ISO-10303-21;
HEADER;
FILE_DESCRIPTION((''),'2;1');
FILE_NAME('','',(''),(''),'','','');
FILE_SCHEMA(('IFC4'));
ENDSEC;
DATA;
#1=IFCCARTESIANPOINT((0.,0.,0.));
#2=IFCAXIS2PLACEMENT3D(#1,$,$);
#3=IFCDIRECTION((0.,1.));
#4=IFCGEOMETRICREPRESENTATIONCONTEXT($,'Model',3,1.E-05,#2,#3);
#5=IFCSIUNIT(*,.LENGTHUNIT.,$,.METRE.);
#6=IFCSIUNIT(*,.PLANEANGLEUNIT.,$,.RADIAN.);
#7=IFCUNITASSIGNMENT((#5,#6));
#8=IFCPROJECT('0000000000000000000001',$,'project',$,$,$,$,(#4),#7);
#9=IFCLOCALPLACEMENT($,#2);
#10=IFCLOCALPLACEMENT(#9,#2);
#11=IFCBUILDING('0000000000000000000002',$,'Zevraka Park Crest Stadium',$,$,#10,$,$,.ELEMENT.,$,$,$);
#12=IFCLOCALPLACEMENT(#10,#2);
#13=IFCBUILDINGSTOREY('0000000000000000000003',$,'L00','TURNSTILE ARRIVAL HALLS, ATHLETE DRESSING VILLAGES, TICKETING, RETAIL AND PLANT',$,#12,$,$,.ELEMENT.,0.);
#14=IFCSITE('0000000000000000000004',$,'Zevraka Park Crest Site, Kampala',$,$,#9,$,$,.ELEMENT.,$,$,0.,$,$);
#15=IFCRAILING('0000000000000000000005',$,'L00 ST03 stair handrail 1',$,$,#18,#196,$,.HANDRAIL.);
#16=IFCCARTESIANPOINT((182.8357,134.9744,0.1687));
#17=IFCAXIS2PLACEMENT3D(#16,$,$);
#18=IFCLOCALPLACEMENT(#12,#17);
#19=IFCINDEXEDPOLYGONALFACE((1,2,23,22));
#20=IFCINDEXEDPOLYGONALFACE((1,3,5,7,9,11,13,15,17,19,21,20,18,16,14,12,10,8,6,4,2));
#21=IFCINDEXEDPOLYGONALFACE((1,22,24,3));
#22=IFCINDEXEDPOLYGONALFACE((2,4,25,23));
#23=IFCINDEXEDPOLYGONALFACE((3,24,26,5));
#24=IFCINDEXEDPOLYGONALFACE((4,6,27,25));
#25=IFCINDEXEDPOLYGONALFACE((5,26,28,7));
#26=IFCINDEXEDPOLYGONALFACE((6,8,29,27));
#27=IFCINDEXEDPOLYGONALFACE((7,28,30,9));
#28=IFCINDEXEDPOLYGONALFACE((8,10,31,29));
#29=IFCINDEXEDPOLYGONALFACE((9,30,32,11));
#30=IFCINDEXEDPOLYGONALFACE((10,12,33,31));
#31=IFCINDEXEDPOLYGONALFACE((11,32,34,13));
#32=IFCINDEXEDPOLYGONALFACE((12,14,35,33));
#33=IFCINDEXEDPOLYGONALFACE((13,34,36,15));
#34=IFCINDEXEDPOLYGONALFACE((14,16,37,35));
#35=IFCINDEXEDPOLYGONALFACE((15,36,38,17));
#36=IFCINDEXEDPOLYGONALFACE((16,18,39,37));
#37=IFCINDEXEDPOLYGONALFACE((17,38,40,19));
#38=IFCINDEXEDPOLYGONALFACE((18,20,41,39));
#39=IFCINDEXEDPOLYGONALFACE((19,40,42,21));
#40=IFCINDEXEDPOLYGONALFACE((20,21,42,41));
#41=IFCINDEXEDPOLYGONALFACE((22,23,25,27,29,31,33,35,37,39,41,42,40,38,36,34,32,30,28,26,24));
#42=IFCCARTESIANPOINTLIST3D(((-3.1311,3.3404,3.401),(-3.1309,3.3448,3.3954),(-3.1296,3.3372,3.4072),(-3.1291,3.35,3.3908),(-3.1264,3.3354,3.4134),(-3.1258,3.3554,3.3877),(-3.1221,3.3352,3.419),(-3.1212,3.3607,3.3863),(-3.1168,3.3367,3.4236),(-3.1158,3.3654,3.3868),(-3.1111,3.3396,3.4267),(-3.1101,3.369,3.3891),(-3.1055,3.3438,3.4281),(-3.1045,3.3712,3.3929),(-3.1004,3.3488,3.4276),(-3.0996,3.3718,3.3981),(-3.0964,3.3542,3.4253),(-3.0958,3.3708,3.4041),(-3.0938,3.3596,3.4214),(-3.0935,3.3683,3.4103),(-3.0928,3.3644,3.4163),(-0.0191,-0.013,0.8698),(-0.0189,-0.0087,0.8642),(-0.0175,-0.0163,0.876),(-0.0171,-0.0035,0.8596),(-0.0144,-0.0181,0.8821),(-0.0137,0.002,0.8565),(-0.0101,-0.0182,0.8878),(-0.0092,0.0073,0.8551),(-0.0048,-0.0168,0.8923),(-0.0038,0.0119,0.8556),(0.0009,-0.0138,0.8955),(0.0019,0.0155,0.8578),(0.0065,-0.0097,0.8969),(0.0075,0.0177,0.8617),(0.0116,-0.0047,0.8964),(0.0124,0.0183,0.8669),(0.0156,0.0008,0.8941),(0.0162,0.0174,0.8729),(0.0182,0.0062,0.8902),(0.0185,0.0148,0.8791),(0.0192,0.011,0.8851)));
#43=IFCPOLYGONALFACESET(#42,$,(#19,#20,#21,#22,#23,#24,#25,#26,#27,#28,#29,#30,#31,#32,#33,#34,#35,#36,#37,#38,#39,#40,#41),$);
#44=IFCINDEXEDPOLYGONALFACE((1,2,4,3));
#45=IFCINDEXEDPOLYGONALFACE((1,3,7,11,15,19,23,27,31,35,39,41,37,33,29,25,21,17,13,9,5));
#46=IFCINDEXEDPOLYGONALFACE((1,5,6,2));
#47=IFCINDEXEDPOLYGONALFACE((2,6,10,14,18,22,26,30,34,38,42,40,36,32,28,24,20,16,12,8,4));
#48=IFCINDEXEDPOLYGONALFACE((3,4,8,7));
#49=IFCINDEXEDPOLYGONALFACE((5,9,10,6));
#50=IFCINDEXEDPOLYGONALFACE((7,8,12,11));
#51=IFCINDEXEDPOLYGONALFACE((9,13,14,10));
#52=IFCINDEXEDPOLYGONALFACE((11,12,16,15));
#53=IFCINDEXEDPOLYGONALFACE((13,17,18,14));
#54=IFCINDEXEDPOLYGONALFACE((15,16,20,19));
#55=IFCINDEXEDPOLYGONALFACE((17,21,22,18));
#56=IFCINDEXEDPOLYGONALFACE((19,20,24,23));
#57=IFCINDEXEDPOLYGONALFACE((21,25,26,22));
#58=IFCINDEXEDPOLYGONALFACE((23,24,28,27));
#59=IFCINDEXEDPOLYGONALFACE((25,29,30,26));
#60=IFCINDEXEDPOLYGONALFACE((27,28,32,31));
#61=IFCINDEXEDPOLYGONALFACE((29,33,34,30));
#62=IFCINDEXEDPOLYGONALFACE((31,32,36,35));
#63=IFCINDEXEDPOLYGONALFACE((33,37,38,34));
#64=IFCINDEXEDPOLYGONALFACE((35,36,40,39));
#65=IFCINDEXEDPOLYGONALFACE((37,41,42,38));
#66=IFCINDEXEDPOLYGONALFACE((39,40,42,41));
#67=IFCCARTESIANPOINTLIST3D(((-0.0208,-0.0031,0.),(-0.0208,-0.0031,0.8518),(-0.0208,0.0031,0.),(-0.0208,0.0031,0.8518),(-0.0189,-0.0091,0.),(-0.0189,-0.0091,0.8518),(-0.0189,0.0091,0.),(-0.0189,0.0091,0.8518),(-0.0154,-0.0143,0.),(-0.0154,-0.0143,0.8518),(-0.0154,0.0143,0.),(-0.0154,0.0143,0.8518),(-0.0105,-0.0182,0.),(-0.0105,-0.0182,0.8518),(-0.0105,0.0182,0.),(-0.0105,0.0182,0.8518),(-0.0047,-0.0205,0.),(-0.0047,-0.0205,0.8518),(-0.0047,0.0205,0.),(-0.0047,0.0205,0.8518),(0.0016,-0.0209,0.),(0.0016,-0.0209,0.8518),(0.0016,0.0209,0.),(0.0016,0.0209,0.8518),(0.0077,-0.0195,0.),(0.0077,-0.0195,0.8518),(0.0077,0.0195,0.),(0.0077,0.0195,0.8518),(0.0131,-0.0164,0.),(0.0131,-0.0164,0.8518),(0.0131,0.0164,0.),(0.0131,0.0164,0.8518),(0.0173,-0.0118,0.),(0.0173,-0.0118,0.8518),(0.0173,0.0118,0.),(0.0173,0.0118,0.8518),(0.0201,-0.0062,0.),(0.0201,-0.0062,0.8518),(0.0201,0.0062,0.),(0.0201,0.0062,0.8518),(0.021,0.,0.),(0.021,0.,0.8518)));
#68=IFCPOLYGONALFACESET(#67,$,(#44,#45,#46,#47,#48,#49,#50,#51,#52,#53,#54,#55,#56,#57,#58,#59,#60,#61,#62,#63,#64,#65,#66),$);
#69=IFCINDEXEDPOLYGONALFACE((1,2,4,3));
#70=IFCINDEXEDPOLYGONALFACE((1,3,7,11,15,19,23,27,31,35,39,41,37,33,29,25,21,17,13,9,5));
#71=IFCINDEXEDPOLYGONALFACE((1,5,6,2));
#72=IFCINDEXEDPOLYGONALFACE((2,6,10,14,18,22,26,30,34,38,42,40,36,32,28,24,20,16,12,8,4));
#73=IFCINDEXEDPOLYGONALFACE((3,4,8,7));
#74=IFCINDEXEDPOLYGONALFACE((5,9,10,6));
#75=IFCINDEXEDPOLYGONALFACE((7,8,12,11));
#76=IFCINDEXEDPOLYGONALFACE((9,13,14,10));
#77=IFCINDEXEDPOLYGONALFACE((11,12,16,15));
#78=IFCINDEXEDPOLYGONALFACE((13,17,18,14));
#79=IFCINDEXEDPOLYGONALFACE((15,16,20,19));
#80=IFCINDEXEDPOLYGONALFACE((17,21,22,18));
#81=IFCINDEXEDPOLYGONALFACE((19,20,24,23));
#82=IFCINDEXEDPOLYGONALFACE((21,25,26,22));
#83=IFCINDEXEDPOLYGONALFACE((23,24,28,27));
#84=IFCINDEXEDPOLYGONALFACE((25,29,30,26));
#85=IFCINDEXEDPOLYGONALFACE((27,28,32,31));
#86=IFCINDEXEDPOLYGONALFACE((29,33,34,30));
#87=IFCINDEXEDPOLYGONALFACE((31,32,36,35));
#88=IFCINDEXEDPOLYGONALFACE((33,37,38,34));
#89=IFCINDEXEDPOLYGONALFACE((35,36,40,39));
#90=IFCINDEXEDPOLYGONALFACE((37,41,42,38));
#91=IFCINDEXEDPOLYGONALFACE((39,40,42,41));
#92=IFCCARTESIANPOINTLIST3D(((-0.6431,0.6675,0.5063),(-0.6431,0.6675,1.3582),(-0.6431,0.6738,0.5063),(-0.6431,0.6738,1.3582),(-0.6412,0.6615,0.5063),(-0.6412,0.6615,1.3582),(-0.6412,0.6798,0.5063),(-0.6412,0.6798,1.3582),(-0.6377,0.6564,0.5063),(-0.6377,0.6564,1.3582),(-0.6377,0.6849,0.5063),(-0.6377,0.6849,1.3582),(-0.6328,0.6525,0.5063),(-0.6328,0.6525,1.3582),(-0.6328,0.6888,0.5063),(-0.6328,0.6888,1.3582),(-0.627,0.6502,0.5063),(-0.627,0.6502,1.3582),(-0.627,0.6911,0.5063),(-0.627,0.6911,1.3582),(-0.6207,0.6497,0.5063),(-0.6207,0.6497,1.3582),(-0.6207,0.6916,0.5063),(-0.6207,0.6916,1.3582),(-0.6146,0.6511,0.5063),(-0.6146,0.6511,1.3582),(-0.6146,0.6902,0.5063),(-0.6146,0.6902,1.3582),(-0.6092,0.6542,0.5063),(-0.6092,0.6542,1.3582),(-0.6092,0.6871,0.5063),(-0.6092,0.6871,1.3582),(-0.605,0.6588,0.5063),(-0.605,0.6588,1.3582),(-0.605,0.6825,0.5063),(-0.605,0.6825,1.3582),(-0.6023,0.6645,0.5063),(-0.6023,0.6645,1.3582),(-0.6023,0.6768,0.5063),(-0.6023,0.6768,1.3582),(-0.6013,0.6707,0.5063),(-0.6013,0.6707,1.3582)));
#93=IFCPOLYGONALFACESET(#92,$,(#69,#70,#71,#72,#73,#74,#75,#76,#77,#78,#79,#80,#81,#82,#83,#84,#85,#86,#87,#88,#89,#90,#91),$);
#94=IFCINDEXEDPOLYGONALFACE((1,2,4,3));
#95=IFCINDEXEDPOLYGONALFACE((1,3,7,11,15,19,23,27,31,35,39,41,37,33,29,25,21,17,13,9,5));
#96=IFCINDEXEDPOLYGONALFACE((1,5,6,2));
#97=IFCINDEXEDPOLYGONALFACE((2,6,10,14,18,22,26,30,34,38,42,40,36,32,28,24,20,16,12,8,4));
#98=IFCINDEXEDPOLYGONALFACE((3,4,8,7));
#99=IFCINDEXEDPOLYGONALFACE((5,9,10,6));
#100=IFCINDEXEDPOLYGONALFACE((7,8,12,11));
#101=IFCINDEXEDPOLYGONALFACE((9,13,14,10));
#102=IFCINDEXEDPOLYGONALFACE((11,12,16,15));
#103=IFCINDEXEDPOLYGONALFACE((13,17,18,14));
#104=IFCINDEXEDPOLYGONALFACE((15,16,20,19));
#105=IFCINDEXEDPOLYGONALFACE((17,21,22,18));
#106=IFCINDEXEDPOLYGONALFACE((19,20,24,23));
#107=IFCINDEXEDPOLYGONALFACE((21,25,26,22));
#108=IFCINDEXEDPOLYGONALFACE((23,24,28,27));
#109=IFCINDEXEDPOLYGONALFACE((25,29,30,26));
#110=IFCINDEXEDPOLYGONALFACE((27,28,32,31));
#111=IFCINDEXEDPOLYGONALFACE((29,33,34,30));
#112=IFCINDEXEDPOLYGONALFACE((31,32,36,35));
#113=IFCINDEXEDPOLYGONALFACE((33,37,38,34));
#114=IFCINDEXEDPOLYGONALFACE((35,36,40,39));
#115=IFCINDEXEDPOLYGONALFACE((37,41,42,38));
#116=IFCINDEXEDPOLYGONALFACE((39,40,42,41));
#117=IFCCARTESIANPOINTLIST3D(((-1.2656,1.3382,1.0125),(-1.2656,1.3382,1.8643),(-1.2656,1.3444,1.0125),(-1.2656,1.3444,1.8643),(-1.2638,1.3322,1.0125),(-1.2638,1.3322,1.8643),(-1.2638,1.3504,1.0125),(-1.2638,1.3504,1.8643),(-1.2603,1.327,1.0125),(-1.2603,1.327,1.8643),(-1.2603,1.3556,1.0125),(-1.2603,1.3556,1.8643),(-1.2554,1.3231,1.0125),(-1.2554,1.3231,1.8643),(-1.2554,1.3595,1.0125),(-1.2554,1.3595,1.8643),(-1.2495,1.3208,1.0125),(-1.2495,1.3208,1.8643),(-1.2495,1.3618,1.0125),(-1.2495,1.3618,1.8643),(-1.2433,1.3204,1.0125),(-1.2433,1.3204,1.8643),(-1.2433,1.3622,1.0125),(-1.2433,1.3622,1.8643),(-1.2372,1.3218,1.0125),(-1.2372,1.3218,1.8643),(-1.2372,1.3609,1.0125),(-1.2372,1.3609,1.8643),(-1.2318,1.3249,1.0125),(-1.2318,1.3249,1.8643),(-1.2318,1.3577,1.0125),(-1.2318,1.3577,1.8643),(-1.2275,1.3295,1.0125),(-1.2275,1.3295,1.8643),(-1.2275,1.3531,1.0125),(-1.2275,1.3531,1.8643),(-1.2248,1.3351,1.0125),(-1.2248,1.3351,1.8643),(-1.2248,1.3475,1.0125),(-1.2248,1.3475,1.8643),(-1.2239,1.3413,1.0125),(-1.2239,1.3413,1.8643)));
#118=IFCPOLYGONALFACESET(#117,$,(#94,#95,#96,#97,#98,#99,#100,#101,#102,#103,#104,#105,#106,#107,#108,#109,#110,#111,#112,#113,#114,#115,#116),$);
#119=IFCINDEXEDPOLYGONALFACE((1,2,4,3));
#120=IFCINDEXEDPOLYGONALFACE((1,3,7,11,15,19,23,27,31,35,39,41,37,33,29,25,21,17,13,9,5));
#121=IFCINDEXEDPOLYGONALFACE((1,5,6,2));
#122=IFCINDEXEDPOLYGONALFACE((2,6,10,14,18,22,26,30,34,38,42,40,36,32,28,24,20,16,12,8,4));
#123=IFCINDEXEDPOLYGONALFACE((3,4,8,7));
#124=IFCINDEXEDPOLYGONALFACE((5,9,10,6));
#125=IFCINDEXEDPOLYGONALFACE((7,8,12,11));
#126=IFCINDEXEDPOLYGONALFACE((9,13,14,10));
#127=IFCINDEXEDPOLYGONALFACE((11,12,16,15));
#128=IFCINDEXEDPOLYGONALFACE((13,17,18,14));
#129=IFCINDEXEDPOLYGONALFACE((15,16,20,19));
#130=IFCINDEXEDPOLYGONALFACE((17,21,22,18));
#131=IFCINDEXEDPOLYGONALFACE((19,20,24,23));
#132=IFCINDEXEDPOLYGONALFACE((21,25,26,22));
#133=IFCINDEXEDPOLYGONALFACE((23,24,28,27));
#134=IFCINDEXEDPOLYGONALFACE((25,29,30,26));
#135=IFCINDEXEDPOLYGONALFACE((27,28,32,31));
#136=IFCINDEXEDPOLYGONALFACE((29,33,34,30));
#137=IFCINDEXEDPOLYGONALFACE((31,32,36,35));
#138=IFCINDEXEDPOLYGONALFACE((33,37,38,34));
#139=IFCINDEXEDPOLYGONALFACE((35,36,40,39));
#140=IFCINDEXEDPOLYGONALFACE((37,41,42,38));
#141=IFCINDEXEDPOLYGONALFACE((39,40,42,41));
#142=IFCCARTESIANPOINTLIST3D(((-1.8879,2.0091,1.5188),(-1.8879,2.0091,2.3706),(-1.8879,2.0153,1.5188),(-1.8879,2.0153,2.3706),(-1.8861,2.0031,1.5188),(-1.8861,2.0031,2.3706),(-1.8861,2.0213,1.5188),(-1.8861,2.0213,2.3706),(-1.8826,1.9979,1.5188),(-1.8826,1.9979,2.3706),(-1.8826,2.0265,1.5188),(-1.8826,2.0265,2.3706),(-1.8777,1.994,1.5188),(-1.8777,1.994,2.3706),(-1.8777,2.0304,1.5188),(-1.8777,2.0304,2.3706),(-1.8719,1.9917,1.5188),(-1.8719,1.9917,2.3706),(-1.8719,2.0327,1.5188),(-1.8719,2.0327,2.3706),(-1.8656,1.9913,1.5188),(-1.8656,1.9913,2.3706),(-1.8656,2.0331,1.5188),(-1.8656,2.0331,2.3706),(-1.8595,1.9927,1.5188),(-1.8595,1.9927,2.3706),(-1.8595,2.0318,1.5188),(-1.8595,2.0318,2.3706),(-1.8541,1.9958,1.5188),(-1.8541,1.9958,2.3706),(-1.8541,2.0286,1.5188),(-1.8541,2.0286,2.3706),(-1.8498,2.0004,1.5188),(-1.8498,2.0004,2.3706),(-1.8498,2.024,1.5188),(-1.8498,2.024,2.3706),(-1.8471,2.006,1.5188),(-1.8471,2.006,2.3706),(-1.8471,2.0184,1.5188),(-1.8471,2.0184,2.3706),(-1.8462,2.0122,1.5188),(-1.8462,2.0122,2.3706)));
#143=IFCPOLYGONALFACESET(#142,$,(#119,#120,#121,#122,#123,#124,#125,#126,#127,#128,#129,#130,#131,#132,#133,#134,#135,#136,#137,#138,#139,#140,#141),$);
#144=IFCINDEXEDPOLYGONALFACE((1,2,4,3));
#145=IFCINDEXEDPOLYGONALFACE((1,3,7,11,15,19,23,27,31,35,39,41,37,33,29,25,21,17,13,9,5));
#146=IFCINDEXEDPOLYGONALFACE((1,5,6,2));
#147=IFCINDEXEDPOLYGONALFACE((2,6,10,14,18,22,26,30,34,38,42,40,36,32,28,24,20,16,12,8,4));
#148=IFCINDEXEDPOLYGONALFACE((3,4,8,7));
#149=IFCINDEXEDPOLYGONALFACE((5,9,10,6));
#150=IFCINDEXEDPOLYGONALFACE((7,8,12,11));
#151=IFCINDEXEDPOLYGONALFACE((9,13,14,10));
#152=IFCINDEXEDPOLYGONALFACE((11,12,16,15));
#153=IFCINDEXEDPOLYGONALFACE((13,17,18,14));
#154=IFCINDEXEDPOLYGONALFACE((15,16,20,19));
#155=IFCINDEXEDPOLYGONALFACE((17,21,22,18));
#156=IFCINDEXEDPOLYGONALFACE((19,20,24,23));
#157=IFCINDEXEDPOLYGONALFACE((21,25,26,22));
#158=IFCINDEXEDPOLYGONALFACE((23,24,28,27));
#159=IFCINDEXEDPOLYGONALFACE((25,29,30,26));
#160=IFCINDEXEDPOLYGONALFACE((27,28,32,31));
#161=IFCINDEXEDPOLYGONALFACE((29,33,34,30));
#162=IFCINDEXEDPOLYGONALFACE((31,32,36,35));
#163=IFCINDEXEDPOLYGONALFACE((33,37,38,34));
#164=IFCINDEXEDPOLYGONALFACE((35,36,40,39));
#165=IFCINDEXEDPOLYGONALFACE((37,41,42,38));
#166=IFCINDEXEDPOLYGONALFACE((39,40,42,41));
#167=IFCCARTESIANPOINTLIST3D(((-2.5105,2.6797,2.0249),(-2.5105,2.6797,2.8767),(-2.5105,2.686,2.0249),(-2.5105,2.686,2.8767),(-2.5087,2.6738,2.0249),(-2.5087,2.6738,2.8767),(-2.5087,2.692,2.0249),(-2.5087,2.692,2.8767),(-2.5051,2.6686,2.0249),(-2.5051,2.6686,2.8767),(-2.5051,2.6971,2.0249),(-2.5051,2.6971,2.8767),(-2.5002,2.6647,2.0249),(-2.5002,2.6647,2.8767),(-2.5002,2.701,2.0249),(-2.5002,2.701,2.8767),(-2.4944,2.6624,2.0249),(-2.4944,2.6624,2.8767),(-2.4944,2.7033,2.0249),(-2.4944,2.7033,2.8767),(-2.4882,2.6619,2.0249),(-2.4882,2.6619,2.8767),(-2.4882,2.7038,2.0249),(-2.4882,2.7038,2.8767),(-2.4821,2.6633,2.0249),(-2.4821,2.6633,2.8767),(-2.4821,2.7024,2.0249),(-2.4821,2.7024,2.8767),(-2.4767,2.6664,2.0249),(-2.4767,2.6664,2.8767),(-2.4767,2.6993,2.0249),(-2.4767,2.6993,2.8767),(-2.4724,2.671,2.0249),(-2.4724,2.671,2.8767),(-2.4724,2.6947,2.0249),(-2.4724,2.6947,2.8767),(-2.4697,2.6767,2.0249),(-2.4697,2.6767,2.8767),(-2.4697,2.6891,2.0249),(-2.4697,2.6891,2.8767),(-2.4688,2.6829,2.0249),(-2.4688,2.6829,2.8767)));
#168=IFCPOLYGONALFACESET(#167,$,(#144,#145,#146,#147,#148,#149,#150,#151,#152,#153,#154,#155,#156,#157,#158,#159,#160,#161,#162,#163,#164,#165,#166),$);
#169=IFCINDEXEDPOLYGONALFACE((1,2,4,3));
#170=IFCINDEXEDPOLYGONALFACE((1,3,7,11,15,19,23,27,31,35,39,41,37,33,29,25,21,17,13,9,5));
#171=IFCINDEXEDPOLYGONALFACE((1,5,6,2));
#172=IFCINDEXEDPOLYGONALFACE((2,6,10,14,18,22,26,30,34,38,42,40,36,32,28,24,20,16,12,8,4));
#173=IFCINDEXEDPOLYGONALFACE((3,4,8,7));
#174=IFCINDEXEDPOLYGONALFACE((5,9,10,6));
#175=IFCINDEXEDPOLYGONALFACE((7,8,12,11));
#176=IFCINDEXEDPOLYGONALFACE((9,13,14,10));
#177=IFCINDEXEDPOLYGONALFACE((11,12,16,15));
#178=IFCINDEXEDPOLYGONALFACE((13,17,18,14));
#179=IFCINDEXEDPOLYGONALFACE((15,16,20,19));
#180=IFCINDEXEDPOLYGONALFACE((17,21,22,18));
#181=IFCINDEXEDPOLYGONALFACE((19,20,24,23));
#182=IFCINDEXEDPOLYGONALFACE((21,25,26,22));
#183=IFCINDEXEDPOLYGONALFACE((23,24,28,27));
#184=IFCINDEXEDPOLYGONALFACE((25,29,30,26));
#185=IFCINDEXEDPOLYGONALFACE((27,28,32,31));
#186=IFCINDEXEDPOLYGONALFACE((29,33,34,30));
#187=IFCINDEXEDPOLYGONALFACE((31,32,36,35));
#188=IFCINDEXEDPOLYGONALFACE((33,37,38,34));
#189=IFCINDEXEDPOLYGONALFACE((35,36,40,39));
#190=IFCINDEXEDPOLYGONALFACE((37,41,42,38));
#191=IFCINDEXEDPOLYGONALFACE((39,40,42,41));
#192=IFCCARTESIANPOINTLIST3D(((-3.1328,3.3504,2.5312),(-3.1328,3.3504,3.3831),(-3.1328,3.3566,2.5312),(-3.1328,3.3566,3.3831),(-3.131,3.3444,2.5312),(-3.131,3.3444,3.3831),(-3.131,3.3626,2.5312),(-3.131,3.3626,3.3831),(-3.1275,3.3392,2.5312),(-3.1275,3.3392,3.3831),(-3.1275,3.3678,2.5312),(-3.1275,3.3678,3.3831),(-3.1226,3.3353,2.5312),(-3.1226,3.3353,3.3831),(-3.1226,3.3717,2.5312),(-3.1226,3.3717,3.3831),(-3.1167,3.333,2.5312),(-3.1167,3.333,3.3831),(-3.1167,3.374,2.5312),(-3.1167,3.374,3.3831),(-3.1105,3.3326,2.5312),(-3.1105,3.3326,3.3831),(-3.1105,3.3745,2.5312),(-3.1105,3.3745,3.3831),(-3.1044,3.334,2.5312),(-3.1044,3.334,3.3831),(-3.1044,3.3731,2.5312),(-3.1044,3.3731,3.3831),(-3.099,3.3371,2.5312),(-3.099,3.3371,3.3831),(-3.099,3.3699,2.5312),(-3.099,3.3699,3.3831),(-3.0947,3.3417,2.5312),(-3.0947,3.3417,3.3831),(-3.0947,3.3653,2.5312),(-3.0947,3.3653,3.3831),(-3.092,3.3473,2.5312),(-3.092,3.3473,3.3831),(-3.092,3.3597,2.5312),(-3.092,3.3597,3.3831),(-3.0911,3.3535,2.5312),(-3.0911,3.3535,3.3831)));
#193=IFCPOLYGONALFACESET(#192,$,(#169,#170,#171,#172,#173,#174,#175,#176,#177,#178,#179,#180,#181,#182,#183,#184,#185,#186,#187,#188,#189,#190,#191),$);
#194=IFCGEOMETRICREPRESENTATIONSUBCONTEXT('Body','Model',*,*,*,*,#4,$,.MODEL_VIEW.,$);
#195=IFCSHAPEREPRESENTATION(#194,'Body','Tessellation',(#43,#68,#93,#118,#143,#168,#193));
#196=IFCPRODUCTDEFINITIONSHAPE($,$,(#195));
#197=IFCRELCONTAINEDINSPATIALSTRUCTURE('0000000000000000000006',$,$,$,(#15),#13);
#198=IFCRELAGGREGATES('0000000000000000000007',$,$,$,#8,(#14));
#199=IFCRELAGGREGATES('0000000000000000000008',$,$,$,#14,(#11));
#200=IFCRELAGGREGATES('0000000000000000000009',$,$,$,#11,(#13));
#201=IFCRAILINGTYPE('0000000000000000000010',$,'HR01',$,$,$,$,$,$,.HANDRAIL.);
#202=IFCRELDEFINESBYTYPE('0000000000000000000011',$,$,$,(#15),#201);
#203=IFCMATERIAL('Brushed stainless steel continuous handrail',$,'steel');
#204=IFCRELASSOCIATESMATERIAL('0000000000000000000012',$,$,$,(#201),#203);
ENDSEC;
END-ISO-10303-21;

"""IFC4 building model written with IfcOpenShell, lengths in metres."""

from ifc_helpers import new_model, si_unit, direction, frame, origin, origin_2d, place, context, subcontext, project, spatial, circle, extrude, material, type_object, element, save


model = new_model("IFC4")

# Units and contexts
model_context = context("Model", 3, precision=1e-05, world=origin(), true_north=direction((0.0, 1.0)))
body_context = subcontext(model_context, "Body", "Model", "MODEL_VIEW")
ifc_project = project(units=[si_unit("LENGTHUNIT", "METRE"), si_unit("PLANEANGLEUNIT", "RADIAN")], contexts=[model_context])

# Site, building, storey
site_placement = place(None, origin())
site = spatial("IfcSite", under=ifc_project, at=site_placement, Name="Zevraka Park Crest Site, Kampala", CompositionType="ELEMENT", RefElevation=0.0)
building_placement = place(site_placement, origin())
building = spatial("IfcBuilding", under=site, at=building_placement, Name="Zevraka Park Crest Stadium", CompositionType="ELEMENT")
storey_placement = place(building_placement, origin())
storey = spatial("IfcBuildingStorey", under=building, at=storey_placement, Name="L00", Description="TURNSTILE ARRIVAL HALLS, ATHLETE DRESSING VILLAGES, TICKETING, RETAIL AND PLANT", CompositionType="ELEMENT", Elevation=0.0)

# Railing
ifc_material_1 = material(Name="Brushed stainless steel continuous handrail", Category="steel")
railing_type_1 = type_object("IfcRailingType", Name="HR01", PredefinedType="HANDRAIL", material=ifc_material_1)
railing_1_placement = place(storey_placement, frame((182.8357, 134.9744, 0.1687)))
element("IfcRailing", 1, at=railing_1_placement, inside=storey, type_object=railing_type_1, Name="L00 ST03 stair handrail 1", PredefinedType="HANDRAIL", context=body_context, shape_type="SweptSolid", body=[
    extrude(circle(Radius=0.0239, at=origin_2d()), frame((0.0, 0.0, 0.876), z_axis=(-0.5952, 0.64138, 0.484117), x_axis=(-0.733003, -0.680226, 0.0)), (0.0, 0.0, 1.0), 5.2285),
    extrude(circle(Radius=0.021, at=origin_2d()), origin(), (0.0, 0.0, 1.0), 0.8518),
    extrude(circle(Radius=0.021, at=origin_2d()), frame((-0.6223, 0.6707, 0.5063)), (0.0, 0.0, 1.0), 0.8518),
    extrude(circle(Radius=0.021, at=origin_2d()), frame((-1.2449, 1.3413, 1.0125)), (0.0, 0.0, 1.0), 0.8518),
    extrude(circle(Radius=0.021, at=origin_2d()), frame((-1.8672, 2.0122, 1.5188)), (0.0, 0.0, 1.0), 0.8518),
    extrude(circle(Radius=0.021, at=origin_2d()), frame((-2.4897, 2.6829, 2.0249)), (0.0, 0.0, 1.0), 0.8518),
    extrude(circle(Radius=0.021, at=origin_2d()), frame((-3.1121, 3.3535, 2.5312)), (0.0, 0.0, 1.0), 0.8518),
])

save(model, "model.ifc")
